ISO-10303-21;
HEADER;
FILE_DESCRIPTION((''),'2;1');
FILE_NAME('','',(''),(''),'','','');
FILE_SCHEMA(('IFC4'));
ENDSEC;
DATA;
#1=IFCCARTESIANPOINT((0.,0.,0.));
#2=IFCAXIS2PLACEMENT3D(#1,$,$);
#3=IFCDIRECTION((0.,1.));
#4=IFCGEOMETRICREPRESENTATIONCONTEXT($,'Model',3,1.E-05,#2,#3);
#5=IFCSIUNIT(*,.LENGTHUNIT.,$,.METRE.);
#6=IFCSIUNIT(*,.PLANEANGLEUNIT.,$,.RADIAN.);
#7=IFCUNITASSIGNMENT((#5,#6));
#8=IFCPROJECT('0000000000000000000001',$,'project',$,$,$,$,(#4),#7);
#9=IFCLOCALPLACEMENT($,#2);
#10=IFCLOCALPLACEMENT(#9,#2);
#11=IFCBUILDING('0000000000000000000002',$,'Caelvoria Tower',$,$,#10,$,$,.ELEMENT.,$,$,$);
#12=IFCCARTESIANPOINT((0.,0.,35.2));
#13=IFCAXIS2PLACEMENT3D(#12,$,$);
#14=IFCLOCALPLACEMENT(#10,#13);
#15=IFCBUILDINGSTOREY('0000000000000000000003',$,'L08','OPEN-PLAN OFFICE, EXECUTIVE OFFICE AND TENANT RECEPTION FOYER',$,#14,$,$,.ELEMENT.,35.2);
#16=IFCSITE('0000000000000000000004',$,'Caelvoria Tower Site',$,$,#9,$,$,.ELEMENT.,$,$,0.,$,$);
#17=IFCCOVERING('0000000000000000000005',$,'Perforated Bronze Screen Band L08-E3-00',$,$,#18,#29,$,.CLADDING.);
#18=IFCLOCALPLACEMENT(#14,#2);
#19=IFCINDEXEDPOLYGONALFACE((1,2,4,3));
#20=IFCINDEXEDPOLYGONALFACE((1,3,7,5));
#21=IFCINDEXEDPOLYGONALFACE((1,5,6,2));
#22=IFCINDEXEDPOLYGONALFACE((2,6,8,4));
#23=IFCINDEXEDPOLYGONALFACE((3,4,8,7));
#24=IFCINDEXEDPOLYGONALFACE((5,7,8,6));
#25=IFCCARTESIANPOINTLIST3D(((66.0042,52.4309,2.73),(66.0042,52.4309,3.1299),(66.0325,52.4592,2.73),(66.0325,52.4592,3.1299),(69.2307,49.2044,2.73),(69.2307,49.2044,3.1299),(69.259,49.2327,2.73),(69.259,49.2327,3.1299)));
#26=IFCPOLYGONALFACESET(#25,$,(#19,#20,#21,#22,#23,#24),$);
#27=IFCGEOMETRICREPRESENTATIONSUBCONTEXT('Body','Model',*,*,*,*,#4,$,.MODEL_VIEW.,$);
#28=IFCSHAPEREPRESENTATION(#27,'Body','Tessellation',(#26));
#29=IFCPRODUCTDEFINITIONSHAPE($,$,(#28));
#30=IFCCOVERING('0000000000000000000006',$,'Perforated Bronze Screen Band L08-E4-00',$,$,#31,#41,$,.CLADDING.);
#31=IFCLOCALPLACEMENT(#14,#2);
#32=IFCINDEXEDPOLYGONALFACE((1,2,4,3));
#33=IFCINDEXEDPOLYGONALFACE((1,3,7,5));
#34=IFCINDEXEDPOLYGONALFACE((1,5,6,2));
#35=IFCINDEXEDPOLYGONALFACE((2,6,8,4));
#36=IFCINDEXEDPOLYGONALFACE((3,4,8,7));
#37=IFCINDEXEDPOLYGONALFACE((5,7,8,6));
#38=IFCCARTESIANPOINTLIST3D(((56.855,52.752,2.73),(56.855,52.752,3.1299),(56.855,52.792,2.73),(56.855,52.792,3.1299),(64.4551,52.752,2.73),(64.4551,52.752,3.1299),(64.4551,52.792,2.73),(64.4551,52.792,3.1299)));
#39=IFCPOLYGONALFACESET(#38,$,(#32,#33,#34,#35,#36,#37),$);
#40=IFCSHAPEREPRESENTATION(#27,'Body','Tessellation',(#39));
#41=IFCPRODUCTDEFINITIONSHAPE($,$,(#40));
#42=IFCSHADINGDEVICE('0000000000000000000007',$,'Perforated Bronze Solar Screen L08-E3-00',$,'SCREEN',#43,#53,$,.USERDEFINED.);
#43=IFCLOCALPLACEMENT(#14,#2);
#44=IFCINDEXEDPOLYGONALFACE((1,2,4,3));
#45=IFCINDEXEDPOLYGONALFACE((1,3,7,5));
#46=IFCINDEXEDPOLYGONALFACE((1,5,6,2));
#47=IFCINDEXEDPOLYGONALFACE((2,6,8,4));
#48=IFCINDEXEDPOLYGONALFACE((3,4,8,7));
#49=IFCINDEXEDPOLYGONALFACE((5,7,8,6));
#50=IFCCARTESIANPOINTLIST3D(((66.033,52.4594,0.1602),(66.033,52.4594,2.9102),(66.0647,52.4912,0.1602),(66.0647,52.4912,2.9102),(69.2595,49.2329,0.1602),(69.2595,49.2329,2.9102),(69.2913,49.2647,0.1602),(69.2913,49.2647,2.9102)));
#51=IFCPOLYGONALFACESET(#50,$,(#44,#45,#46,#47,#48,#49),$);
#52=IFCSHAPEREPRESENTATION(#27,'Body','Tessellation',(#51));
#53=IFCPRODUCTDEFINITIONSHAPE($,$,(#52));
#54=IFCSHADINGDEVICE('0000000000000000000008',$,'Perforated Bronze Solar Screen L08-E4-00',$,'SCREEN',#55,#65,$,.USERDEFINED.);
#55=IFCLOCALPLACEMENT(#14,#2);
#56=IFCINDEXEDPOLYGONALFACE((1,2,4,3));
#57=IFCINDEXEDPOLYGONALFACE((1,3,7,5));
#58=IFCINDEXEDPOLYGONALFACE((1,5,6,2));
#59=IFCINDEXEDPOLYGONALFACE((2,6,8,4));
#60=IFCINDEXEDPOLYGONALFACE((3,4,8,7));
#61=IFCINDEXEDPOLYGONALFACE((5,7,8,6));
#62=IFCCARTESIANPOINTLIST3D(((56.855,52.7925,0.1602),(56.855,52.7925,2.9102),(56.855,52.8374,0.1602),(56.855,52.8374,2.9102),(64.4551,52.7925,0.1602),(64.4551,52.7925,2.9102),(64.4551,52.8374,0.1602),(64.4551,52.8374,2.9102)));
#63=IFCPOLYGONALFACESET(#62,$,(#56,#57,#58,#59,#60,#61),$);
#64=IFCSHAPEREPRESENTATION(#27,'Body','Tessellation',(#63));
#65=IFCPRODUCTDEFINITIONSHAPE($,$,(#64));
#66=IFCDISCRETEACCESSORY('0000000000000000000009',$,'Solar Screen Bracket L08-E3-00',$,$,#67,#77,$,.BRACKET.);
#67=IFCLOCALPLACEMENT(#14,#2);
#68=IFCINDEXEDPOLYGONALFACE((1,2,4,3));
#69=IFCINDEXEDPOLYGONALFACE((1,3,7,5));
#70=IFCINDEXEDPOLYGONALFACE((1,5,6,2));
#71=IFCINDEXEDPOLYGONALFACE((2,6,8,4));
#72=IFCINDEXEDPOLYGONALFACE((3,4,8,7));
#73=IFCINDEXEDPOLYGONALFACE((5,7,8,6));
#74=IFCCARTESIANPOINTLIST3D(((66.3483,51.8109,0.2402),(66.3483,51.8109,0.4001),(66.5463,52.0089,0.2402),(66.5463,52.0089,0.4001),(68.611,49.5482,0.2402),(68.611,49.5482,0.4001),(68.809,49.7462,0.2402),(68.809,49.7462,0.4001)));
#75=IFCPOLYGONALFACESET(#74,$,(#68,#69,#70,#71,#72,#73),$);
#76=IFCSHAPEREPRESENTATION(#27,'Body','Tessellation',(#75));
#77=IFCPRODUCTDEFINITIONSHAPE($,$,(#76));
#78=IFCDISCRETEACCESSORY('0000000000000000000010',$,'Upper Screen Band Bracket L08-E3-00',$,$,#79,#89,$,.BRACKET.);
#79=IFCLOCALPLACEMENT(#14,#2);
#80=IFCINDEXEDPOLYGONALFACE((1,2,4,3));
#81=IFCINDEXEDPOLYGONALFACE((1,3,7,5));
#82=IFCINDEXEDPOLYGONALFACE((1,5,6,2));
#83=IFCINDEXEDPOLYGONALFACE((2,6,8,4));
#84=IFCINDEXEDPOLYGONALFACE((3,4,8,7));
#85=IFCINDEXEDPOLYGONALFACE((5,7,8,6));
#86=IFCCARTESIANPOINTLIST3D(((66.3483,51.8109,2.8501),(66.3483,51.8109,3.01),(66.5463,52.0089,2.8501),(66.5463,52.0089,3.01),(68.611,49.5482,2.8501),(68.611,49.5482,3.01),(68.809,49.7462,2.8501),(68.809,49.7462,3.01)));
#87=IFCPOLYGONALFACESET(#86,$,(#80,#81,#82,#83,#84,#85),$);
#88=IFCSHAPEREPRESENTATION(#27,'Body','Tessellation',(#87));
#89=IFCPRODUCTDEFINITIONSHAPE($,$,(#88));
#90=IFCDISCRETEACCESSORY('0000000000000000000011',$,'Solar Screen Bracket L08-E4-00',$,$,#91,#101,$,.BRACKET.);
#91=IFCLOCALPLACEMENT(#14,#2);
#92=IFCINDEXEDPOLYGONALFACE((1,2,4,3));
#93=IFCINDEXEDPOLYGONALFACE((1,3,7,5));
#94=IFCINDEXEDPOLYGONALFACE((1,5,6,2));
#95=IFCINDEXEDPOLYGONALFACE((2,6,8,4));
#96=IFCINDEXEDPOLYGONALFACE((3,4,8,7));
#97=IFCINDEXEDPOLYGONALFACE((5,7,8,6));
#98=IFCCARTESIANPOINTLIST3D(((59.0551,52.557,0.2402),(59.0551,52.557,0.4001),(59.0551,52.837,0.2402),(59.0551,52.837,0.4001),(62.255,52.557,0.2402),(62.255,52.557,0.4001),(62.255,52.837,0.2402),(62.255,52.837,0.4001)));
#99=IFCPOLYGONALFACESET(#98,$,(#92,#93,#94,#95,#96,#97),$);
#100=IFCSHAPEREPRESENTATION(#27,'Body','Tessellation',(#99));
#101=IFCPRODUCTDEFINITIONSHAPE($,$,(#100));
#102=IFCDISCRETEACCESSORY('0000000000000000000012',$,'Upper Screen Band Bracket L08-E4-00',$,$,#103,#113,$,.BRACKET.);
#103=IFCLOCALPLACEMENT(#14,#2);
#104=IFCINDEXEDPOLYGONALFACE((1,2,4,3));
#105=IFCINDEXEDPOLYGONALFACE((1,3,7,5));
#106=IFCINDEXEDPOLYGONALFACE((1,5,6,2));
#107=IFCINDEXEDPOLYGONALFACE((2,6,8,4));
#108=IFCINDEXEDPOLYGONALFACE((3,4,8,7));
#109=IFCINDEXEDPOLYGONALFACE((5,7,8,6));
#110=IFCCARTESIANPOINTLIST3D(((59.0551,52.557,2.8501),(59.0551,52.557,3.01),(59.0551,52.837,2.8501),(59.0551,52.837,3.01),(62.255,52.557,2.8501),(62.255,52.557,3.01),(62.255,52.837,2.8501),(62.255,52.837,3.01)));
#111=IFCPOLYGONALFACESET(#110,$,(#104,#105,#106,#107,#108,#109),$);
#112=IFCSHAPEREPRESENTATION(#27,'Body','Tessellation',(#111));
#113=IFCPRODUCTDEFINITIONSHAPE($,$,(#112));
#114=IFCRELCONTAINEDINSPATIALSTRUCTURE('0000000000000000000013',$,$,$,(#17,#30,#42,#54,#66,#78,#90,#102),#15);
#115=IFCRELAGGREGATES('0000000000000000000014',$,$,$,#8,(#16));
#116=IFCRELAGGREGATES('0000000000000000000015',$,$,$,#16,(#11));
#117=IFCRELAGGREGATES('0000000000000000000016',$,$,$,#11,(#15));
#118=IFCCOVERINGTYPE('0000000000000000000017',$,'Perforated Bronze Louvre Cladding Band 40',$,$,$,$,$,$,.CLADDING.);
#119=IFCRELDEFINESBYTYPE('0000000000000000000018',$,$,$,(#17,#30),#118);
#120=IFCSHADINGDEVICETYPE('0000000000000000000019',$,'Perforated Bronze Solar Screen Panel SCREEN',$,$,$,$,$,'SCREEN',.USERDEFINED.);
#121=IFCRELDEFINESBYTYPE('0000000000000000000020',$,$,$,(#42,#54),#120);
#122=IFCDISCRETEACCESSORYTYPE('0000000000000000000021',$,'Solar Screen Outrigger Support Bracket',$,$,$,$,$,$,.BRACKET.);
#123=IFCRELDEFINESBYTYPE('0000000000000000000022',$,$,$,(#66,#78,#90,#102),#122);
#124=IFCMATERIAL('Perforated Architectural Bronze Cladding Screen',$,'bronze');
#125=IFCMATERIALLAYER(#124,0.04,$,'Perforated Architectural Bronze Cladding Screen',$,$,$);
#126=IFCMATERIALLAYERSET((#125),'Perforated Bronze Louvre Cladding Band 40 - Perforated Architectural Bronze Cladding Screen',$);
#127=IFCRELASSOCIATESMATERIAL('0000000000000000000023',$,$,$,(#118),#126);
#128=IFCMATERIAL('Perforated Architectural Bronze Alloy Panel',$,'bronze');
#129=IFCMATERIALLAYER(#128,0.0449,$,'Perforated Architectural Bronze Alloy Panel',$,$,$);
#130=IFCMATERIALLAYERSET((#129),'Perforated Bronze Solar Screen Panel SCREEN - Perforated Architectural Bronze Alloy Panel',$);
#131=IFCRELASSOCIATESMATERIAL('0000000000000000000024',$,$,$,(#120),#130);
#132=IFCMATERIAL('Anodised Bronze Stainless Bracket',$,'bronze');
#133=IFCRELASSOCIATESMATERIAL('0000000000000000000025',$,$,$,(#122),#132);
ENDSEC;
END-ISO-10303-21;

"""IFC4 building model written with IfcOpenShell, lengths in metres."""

from ifc_helpers import new_model, si_unit, direction, frame, origin, origin_2d, place, context, subcontext, project, spatial, rectangle, extrude, material, layer, layer_set, type_object, element, save


model = new_model("IFC4")

# Units and contexts
model_context = context("Model", 3, precision=1e-05, world=origin(), true_north=direction((0.0, 1.0)))
body_context = subcontext(model_context, "Body", "Model", "MODEL_VIEW")
ifc_project = project(units=[si_unit("LENGTHUNIT", "METRE"), si_unit("PLANEANGLEUNIT", "RADIAN")], contexts=[model_context])

# Site, building, storey
site_placement = place(None, origin())
site = spatial("IfcSite", under=ifc_project, at=site_placement, Name="Caelvoria Tower Site", CompositionType="ELEMENT", RefElevation=0.0)
building_placement = place(site_placement, origin())
building = spatial("IfcBuilding", under=site, at=building_placement, Name="Caelvoria Tower", CompositionType="ELEMENT")
storey_placement = place(building_placement, frame((0.0, 0.0, 35.2)))
storey = spatial("IfcBuildingStorey", under=building, at=storey_placement, Name="L08", Description="OPEN-PLAN OFFICE, EXECUTIVE OFFICE AND TENANT RECEPTION FOYER", CompositionType="ELEMENT", Elevation=35.2)

# Coverings
ifc_material_1 = material(Name="Perforated Architectural Bronze Cladding Screen", Category="bronze")
ifc_layer_1 = layer(ifc_material_1, 0.04, Name="Perforated Architectural Bronze Cladding Screen")
ifc_layer_set_1 = layer_set([ifc_layer_1], Name="Perforated Bronze Louvre Cladding Band 40 - Perforated Architectural Bronze Cladding Screen")
covering_type = type_object("IfcCoveringType", Name="Perforated Bronze Louvre Cladding Band 40", PredefinedType="CLADDING", material=ifc_layer_set_1)
covering_1_placement = place(storey_placement, frame((67.6316, 50.8318, 2.73), z_axis=(0.0, 0.0, 1.0), x_axis=(-0.707107, 0.707107, 0.0)))
element("IfcCovering", 1, at=covering_1_placement, inside=storey, type_object=covering_type, Name="Perforated Bronze Screen Band L08-E3-00", PredefinedType="CLADDING", context=body_context, shape_type="SweptSolid", body=[
    extrude(rectangle(XDim=4.563, YDim=0.04, at=origin_2d()), origin(), (0.0, 0.0, 1.0), 0.3999),
])
covering_2_placement = place(storey_placement, frame((60.655, 52.772, 2.73), z_axis=(0.0, 0.0, 1.0), x_axis=(-1.0, 0.0, 0.0)))
element("IfcCovering", 2, at=covering_2_placement, inside=storey, type_object=covering_type, Name="Perforated Bronze Screen Band L08-E4-00", PredefinedType="CLADDING", context=body_context, shape_type="SweptSolid", body=[
    extrude(rectangle(XDim=7.6001, YDim=0.04, at=origin_2d()), origin(), (0.0, 0.0, 1.0), 0.3999),
])

# Shading devices
ifc_material_2 = material(Name="Perforated Architectural Bronze Alloy Panel", Category="bronze")
ifc_layer_2 = layer(ifc_material_2, 0.0449, Name="Perforated Architectural Bronze Alloy Panel")
ifc_layer_set_2 = layer_set([ifc_layer_2], Name="Perforated Bronze Solar Screen Panel SCREEN - Perforated Architectural Bronze Alloy Panel")
shading_device_type = type_object("IfcShadingDeviceType", Name="Perforated Bronze Solar Screen Panel SCREEN", ElementType="SCREEN", PredefinedType="USERDEFINED", material=ifc_layer_set_2)
shading_device_1_placement = place(storey_placement, frame((67.6621, 50.8621, 0.1602), z_axis=(0.0, 0.0, 1.0), x_axis=(-0.707107, 0.707107, 0.0)))
element("IfcShadingDevice", 3, at=shading_device_1_placement, inside=storey, type_object=shading_device_type, Name="Perforated Bronze Solar Screen L08-E3-00", ObjectType="SCREEN", PredefinedType="USERDEFINED", context=body_context, shape_type="SweptSolid", body=[
    extrude(rectangle(XDim=4.563, YDim=0.0449, at=origin_2d()), origin(), (0.0, 0.0, 1.0), 2.75),
])
shading_device_2_placement = place(storey_placement, frame((60.655, 52.8149, 0.1602), z_axis=(0.0, 0.0, 1.0), x_axis=(-1.0, 0.0, 0.0)))
element("IfcShadingDevice", 4, at=shading_device_2_placement, inside=storey, type_object=shading_device_type, Name="Perforated Bronze Solar Screen L08-E4-00", ObjectType="SCREEN", PredefinedType="USERDEFINED", context=body_context, shape_type="SweptSolid", body=[
    extrude(rectangle(XDim=7.6001, YDim=0.0449, at=origin_2d()), origin(), (0.0, 0.0, 1.0), 2.75),
])

# Discrete accessories
ifc_material_3 = material(Name="Anodised Bronze Stainless Bracket", Category="bronze")
discrete_accessory_type = type_object("IfcDiscreteAccessoryType", Name="Solar Screen Outrigger Support Bracket", PredefinedType="BRACKET", material=ifc_material_3)
for number, where, z_axis, x_axis, name in (
    (5, (67.5786, 50.7786, 0.2402), (0.0, 0.0, 1.0), (-0.707107, 0.707107, 0.0), "Solar Screen Bracket L08-E3-00"),
    (6, (67.5786, 50.7786, 2.8501), (0.0, 0.0, 1.0), (-0.707107, 0.707107, 0.0), "Upper Screen Band Bracket L08-E3-00"),
    (7, (60.655, 52.697, 0.2402), (0.0, 0.0, 1.0), (-1.0, 0.0, 0.0), "Solar Screen Bracket L08-E4-00"),
    (8, (60.655, 52.697, 2.8501), (0.0, 0.0, 1.0), (-1.0, 0.0, 0.0), "Upper Screen Band Bracket L08-E4-00"),
):
    element("IfcDiscreteAccessory", number, at=place(storey_placement, frame(where, z_axis=z_axis, x_axis=x_axis)), inside=storey, type_object=discrete_accessory_type, Name=name, PredefinedType="BRACKET", context=body_context, shape_type="SweptSolid", body=[
        extrude(rectangle(XDim=3.2, YDim=0.28, at=origin_2d()), origin(), (0.0, 0.0, 1.0), 0.1599),
    ])

save(model, "model.ifc")
